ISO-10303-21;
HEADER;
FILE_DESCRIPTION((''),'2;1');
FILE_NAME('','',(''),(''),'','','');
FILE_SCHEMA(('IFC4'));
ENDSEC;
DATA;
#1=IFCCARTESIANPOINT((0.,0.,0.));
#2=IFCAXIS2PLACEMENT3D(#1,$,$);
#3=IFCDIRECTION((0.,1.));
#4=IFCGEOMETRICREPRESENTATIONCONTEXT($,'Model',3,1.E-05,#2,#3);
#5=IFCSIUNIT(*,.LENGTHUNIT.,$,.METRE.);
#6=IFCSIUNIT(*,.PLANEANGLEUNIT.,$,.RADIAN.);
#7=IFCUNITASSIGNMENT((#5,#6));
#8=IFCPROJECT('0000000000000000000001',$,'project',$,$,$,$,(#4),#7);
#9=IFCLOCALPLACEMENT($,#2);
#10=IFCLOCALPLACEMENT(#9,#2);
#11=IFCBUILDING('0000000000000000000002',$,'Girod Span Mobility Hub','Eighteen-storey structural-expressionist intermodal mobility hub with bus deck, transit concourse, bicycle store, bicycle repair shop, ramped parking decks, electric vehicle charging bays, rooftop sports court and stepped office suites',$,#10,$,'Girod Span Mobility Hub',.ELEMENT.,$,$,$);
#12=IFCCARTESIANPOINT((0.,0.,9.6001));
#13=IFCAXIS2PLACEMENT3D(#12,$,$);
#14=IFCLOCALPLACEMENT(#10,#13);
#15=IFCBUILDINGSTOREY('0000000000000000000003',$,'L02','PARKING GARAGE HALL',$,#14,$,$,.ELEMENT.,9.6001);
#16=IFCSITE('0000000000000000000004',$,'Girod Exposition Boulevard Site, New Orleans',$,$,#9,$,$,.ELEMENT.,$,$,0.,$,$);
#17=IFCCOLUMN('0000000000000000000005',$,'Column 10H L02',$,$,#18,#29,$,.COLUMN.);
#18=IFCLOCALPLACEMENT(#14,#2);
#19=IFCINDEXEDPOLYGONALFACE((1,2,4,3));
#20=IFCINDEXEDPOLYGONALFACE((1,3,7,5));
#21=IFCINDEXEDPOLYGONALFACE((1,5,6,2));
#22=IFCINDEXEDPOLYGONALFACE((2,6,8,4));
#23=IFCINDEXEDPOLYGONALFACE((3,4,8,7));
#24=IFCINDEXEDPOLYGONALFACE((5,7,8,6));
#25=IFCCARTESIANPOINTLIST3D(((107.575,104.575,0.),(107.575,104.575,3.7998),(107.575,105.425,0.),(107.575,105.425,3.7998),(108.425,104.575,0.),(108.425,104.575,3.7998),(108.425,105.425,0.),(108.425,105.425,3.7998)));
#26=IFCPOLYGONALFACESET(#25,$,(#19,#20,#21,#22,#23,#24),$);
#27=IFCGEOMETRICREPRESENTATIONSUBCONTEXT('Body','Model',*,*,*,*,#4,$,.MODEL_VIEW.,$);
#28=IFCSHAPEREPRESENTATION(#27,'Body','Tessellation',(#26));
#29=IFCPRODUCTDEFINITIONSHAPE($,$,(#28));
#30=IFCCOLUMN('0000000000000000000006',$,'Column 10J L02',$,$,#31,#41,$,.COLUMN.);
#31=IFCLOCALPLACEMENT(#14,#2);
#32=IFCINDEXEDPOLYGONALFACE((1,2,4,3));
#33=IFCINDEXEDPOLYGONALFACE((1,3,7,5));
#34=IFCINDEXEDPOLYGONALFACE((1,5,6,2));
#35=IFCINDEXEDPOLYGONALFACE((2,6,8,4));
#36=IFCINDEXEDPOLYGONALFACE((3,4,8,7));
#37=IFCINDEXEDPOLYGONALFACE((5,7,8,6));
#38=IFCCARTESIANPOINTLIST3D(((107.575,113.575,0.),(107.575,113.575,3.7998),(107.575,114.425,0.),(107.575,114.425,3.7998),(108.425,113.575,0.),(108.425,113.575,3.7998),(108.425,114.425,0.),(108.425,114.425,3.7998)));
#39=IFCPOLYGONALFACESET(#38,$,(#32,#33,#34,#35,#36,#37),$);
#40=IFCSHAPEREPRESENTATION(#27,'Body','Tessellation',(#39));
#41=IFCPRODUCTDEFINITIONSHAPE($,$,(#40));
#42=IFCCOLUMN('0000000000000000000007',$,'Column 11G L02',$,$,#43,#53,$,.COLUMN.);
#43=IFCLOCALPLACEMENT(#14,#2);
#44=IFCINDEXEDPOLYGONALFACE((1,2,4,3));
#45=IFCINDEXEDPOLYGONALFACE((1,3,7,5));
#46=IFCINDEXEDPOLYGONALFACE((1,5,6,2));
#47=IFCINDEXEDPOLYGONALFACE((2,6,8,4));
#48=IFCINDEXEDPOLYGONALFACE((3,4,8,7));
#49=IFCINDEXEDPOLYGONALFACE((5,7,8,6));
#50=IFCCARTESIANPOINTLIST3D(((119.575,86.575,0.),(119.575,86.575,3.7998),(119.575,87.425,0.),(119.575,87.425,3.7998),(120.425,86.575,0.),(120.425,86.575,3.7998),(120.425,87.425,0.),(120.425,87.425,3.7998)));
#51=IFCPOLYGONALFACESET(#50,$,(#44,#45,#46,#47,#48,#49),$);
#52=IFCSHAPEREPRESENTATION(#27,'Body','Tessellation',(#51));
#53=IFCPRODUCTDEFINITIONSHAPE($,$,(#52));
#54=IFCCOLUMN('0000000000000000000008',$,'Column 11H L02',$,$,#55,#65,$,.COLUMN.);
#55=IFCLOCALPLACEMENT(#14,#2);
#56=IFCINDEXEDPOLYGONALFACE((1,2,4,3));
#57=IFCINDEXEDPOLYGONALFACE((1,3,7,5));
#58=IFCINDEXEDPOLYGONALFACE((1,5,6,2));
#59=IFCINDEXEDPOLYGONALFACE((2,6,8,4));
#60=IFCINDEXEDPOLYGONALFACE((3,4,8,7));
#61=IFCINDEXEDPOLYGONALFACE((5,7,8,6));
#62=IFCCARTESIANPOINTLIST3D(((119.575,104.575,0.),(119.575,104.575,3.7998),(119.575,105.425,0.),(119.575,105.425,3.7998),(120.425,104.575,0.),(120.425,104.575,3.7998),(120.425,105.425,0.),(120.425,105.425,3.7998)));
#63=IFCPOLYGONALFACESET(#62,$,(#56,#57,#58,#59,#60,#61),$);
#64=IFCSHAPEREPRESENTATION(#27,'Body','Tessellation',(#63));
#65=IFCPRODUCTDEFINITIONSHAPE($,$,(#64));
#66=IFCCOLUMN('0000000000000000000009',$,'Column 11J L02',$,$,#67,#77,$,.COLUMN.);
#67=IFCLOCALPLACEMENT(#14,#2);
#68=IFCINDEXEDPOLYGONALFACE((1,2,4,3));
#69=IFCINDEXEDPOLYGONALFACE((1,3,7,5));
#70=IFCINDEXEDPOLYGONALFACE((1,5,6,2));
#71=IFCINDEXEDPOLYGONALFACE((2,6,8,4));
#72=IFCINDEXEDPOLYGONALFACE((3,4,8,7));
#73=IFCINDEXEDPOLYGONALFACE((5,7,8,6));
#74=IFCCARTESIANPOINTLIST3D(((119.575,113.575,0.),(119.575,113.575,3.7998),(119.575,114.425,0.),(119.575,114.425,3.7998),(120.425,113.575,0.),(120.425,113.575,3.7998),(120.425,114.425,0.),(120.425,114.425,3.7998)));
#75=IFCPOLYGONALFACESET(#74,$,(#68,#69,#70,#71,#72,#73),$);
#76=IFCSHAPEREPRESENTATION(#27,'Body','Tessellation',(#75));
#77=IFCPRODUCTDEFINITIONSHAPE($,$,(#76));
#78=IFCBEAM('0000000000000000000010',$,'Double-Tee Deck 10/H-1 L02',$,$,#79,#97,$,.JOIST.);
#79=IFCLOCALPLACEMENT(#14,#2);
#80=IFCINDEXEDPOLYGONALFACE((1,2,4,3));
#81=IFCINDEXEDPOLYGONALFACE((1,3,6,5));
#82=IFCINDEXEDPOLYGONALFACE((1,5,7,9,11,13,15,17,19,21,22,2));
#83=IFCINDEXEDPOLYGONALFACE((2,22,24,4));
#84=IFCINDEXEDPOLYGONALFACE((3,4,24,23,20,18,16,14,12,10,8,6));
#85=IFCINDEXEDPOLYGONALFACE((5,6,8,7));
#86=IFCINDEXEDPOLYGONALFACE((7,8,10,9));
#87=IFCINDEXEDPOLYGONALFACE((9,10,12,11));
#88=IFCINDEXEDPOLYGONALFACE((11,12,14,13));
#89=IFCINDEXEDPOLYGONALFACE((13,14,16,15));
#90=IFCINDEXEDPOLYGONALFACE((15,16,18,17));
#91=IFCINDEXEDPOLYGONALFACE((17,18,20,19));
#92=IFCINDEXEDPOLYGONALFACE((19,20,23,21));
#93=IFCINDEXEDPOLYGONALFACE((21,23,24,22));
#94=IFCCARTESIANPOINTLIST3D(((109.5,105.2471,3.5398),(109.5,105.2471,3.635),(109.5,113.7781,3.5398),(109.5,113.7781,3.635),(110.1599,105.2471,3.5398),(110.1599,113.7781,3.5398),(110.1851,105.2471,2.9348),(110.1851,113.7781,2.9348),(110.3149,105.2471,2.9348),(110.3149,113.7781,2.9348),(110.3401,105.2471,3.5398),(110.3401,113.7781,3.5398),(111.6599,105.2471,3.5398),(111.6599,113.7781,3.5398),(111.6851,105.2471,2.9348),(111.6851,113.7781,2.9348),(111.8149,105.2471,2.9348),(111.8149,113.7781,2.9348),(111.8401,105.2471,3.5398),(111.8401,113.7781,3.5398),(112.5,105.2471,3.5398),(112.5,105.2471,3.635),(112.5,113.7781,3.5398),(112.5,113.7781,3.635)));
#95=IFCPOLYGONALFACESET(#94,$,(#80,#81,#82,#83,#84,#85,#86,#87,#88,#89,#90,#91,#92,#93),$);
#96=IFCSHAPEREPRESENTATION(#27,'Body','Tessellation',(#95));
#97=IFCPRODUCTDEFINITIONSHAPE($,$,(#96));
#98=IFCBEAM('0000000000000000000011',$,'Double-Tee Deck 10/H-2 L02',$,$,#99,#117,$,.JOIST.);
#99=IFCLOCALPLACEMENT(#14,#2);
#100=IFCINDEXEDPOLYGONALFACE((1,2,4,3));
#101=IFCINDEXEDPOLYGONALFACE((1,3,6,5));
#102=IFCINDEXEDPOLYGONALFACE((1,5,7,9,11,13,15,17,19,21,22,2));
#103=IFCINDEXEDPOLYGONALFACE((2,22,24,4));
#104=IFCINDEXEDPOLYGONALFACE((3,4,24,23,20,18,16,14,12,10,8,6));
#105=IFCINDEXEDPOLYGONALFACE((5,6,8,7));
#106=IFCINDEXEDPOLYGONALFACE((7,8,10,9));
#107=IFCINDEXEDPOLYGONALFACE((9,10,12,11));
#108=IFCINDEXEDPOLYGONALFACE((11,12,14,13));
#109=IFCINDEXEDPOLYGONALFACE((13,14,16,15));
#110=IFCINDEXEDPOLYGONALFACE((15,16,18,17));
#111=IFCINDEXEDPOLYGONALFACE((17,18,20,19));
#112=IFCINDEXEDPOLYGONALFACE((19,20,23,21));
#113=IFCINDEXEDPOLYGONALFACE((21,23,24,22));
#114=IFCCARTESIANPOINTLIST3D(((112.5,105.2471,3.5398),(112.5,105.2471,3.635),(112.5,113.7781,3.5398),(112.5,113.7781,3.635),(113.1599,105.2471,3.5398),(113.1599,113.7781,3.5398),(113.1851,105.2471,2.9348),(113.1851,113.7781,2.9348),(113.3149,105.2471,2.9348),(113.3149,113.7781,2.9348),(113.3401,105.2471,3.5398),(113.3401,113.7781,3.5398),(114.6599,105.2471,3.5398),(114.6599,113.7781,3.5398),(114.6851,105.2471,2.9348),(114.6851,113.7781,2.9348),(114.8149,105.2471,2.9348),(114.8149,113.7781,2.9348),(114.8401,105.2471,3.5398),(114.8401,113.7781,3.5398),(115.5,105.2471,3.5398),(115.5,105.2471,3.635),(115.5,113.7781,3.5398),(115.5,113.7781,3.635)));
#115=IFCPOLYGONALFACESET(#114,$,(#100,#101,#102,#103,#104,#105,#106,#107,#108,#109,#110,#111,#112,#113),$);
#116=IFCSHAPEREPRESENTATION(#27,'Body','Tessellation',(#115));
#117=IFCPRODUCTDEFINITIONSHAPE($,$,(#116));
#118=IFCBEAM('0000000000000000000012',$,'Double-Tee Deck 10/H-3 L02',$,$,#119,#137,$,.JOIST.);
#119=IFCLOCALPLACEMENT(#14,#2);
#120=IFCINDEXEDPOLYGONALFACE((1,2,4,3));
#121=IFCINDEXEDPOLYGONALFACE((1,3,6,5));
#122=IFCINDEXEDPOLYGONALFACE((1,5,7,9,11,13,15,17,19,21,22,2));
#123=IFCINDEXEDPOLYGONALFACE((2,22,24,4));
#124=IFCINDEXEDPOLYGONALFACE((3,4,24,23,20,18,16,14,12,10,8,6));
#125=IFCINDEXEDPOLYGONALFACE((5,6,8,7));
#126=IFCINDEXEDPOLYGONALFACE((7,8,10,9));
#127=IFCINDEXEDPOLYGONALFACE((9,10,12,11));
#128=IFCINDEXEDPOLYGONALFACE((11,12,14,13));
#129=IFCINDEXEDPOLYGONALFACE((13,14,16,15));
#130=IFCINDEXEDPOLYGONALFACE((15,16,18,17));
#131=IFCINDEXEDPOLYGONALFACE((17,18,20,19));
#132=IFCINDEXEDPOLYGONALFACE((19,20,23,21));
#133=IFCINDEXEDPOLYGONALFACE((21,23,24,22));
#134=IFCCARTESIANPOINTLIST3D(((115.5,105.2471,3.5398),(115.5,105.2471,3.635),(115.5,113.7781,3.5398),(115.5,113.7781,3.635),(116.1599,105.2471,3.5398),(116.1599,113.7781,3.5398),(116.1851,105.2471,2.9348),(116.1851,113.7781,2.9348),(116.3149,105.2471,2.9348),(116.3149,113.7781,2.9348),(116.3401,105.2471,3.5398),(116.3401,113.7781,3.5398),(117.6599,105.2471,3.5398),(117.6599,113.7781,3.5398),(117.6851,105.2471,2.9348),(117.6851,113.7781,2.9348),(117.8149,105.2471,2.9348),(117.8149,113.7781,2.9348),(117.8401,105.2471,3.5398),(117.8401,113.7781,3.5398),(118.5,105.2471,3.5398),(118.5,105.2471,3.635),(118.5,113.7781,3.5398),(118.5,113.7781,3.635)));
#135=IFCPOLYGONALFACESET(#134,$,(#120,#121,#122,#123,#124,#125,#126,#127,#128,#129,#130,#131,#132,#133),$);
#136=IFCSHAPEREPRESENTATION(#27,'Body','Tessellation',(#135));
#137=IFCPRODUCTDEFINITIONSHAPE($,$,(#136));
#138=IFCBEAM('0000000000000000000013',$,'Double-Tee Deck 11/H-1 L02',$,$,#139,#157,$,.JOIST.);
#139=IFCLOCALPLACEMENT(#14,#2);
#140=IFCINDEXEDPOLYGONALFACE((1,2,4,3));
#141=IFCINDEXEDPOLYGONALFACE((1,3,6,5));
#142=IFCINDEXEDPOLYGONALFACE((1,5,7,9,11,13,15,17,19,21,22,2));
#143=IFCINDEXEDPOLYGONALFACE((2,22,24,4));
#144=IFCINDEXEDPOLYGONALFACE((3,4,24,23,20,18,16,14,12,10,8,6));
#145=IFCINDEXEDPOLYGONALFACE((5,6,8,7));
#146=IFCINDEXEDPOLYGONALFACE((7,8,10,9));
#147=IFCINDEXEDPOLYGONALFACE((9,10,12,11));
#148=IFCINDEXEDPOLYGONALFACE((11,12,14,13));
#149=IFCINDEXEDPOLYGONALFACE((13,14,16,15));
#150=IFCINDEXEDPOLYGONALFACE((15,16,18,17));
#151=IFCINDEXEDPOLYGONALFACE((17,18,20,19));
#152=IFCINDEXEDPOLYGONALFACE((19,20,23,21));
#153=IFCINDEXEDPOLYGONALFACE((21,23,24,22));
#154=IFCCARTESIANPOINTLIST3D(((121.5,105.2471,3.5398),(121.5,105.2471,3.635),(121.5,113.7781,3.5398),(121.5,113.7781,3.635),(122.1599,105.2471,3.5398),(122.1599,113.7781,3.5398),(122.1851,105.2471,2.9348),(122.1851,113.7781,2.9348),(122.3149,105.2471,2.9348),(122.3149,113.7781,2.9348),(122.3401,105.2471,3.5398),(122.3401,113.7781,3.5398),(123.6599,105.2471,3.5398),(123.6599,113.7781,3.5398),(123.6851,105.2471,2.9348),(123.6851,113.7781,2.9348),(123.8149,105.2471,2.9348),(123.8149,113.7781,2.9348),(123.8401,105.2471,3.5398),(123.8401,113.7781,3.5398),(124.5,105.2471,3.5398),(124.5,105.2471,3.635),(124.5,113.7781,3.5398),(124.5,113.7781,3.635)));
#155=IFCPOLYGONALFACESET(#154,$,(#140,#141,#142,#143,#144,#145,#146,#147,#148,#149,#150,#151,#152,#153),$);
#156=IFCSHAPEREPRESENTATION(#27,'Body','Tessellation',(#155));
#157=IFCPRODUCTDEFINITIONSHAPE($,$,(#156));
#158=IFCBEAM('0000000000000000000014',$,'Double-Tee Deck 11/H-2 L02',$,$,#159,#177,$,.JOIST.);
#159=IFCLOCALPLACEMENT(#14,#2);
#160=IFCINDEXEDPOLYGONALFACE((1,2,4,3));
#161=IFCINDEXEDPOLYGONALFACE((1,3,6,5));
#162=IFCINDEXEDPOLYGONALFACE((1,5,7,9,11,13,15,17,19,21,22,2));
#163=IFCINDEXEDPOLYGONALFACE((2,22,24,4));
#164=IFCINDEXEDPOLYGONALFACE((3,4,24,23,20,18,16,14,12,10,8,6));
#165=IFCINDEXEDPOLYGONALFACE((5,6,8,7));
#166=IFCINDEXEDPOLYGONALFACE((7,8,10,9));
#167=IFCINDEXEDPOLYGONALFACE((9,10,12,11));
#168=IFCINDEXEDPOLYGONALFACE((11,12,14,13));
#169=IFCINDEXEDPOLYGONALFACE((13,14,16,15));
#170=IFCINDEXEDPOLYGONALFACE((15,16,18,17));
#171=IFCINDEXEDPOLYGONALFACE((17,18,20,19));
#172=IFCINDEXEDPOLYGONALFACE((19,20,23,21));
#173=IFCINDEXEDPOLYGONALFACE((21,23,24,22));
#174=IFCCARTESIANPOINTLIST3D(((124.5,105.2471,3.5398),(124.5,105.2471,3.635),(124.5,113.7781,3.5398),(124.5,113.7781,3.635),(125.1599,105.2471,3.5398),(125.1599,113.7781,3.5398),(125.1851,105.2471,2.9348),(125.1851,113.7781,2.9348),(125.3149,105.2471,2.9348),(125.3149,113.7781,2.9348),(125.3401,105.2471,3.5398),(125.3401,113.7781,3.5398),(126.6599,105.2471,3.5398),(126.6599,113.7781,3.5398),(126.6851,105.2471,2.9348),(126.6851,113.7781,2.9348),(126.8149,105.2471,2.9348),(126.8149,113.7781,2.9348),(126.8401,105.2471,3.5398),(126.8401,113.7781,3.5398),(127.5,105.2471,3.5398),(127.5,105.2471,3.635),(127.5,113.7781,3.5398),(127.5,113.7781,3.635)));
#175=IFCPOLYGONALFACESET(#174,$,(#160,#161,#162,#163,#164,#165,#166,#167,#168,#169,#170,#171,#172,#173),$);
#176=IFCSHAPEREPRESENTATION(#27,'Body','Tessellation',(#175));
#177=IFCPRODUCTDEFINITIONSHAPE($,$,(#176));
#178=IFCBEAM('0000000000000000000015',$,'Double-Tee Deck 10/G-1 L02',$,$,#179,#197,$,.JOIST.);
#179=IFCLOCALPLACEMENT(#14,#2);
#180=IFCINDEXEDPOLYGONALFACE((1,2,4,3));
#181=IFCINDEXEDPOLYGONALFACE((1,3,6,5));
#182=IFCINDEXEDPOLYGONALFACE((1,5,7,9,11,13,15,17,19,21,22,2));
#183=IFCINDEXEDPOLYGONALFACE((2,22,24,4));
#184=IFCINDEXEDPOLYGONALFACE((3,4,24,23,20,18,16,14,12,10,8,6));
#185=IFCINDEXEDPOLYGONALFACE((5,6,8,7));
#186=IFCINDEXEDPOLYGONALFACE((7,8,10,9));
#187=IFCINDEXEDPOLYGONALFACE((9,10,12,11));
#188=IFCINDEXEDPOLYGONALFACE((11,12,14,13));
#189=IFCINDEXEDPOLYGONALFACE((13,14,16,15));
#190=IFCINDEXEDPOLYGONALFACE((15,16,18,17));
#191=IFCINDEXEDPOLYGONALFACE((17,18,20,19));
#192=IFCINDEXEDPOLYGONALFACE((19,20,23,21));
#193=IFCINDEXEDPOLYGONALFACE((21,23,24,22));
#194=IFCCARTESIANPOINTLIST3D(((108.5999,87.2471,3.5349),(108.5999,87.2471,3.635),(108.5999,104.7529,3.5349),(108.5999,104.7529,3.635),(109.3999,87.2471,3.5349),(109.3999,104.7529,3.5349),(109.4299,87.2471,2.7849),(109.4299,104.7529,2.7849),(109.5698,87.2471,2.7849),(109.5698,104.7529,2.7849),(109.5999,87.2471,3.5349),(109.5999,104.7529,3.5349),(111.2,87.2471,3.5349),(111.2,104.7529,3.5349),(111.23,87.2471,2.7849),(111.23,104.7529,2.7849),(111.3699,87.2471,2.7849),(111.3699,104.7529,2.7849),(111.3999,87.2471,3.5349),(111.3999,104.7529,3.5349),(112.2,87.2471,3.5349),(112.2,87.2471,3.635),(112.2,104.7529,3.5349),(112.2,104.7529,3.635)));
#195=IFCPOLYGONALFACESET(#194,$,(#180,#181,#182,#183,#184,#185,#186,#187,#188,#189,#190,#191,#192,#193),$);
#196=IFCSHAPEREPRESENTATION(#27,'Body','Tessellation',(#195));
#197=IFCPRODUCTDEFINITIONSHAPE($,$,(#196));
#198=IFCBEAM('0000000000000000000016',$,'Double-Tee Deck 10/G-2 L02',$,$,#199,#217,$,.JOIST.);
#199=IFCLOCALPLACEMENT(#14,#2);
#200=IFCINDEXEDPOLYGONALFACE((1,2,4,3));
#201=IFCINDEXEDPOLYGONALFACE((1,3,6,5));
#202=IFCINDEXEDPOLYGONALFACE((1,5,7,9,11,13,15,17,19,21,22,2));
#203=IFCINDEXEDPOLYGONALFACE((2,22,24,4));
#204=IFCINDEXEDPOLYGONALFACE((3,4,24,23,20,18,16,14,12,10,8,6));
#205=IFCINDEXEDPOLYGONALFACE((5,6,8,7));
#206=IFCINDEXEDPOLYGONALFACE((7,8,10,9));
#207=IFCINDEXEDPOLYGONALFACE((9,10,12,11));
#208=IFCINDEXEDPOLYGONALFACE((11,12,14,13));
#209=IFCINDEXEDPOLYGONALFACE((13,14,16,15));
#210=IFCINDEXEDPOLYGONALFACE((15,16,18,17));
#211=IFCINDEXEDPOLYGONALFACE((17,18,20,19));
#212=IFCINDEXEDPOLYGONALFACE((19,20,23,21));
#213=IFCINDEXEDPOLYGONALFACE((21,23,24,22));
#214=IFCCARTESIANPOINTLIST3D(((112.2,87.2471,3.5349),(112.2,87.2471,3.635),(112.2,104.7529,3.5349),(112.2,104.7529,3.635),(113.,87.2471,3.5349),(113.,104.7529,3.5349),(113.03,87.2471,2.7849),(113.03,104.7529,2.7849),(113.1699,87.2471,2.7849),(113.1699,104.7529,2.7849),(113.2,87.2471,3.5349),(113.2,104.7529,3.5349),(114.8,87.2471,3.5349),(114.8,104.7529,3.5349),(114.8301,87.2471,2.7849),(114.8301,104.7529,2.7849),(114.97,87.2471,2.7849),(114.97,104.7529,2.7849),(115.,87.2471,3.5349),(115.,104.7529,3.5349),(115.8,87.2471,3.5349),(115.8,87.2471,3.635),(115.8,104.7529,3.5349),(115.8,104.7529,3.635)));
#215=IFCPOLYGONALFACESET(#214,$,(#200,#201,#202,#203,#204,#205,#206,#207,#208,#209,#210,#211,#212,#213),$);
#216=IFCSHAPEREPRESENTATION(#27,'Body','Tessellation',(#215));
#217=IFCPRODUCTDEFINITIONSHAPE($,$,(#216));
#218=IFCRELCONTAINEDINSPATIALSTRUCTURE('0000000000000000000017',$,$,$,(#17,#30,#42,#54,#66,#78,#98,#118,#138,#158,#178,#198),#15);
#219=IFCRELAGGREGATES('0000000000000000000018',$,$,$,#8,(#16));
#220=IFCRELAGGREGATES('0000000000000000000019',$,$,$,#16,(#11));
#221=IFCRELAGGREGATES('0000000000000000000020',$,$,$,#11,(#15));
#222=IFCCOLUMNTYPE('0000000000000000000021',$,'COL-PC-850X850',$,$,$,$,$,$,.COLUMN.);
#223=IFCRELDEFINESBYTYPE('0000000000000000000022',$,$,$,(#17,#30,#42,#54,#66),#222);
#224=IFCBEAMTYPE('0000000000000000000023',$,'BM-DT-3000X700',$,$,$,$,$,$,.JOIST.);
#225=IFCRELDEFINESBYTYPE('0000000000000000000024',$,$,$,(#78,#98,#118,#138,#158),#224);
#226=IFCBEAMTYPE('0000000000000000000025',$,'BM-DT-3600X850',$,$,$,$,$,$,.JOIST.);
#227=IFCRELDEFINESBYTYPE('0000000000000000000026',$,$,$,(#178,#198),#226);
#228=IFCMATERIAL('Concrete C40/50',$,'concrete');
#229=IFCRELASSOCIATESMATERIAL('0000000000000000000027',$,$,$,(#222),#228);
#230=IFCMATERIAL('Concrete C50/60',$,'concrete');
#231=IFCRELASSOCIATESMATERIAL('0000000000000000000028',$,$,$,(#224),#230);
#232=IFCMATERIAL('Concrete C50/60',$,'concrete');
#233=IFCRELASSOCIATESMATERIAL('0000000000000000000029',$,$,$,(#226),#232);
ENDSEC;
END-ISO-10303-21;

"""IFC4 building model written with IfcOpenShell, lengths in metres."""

from ifc_helpers import new_model, si_unit, direction, frame, origin, origin_2d, place, context, subcontext, project, spatial, polyline, rectangle, outline, extrude, material, material_profile, profile_set, type_object, element, save


model = new_model("IFC4")

# Units and contexts
model_context = context("Model", 3, precision=1e-05, world=origin(), true_north=direction((0.0, 1.0)))
body_context = subcontext(model_context, "Body", "Model", "MODEL_VIEW")
ifc_project = project(units=[si_unit("LENGTHUNIT", "METRE"), si_unit("PLANEANGLEUNIT", "RADIAN")], contexts=[model_context])

# Site, building, storey
site_placement = place(None, origin())
site = spatial("IfcSite", under=ifc_project, at=site_placement, Name="Girod Exposition Boulevard Site, New Orleans", CompositionType="ELEMENT", RefElevation=0.0)
building_placement = place(site_placement, origin())
building = spatial("IfcBuilding", under=site, at=building_placement, Name="Girod Span Mobility Hub", Description="Eighteen-storey structural-expressionist intermodal mobility hub with bus deck, transit concourse, bicycle store, bicycle repair shop, ramped parking decks, electric vehicle charging bays, rooftop sports court and stepped office suites", LongName="Girod Span Mobility Hub", CompositionType="ELEMENT")
storey_placement = place(building_placement, frame((0.0, 0.0, 9.6001)))
storey = spatial("IfcBuildingStorey", under=building, at=storey_placement, Name="L02", Description="PARKING GARAGE HALL", CompositionType="ELEMENT", Elevation=9.6001)

# Columns
ifc_material_1 = material(Name="Concrete C40/50", Category="concrete")
ifc_material_profile_1 = material_profile(ifc_material_1, rectangle(XDim=0.8501, YDim=0.8501, at=origin_2d()), Name="PC-COL-850X850")
ifc_profile_set_1 = profile_set([ifc_material_profile_1], Name="Concrete C40/50")
column_type = type_object("IfcColumnType", Name="COL-PC-850X850", PredefinedType="COLUMN", material=ifc_profile_set_1)
for number, where, z_axis, x_axis, name in (
    (1, (108.0, 105.0, 0.0), (0.0, 0.0, 1.0), (1.0, 0.0, 0.0), "Column 10H L02"),
    (2, (108.0, 114.0, 0.0), (0.0, 0.0, 1.0), (1.0, 0.0, 0.0), "Column 10J L02"),
    (3, (120.0, 87.0, 0.0), (0.0, 0.0, 1.0), (1.0, 0.0, 0.0), "Column 11G L02"),
    (4, (120.0, 105.0, 0.0), (0.0, 0.0, 1.0), (1.0, 0.0, 0.0), "Column 11H L02"),
    (5, (120.0, 114.0, 0.0), (0.0, 0.0, 1.0), (1.0, 0.0, 0.0), "Column 11J L02"),
):
    element("IfcColumn", number, at=place(storey_placement, frame(where, z_axis=z_axis, x_axis=x_axis)), inside=storey, type_object=column_type, Name=name, PredefinedType="COLUMN", context=body_context, shape_type="SweptSolid", body=[
        extrude(rectangle(XDim=0.8501, YDim=0.8501, at=origin_2d()), origin(), (0.0, 0.0, 1.0), 3.7998),
    ])

# Beams
ifc_material_2 = material(Name="Concrete C50/60", Category="concrete")
ifc_material_profile_2 = material_profile(ifc_material_2, outline(polyline([(-1.5, 0.3501), (-1.5, 0.2549), (-0.8401, 0.2549), (-0.8149, -0.3501), (-0.6851, -0.3501), (-0.6599, 0.2549), (0.6599, 0.2549), (0.6851, -0.3501), (0.8149, -0.3501), (0.8401, 0.2549), (1.5, 0.2549), (1.5, 0.3501), (-1.5, 0.3501)])), Name="DT-3000X700")
ifc_profile_set_2 = profile_set([ifc_material_profile_2], Name="Concrete C50/60")
beam_type_1 = type_object("IfcBeamType", Name="BM-DT-3000X700", PredefinedType="JOIST", material=ifc_profile_set_2)
for number, where, z_axis, x_axis, name in (
    (6, (111.0, 105.2471, 3.2849), (0.0, 1.0, 0.0), (-1.0, 0.0, 0.0), "Double-Tee Deck 10/H-1 L02"),
    (7, (114.0, 105.2471, 3.2849), (0.0, 1.0, 0.0), (-1.0, 0.0, 0.0), "Double-Tee Deck 10/H-2 L02"),
    (8, (117.0, 105.2471, 3.2849), (0.0, 1.0, 0.0), (-1.0, 0.0, 0.0), "Double-Tee Deck 10/H-3 L02"),
    (9, (123.0, 105.2471, 3.2849), (0.0, 1.0, 0.0), (-1.0, 0.0, 0.0), "Double-Tee Deck 11/H-1 L02"),
    (10, (126.0, 105.2471, 3.2849), (0.0, 1.0, 0.0), (-1.0, 0.0, 0.0), "Double-Tee Deck 11/H-2 L02"),
):
    element("IfcBeam", number, at=place(storey_placement, frame(where, z_axis=z_axis, x_axis=x_axis)), inside=storey, type_object=beam_type_1, Name=name, PredefinedType="JOIST", context=body_context, shape_type="SweptSolid", body=[
        extrude(outline(polyline([(-1.5, 0.3501), (-1.5, 0.2549), (-0.8401, 0.2549), (-0.8149, -0.3501), (-0.6851, -0.3501), (-0.6599, 0.2549), (0.6599, 0.2549), (0.6851, -0.3501), (0.8149, -0.3501), (0.8401, 0.2549), (1.5, 0.2549), (1.5, 0.3501), (-1.5, 0.3501)])), origin(), (0.0, 0.0, 1.0), 8.531),
    ])
ifc_material_3 = material(Name="Concrete C50/60", Category="concrete")
ifc_material_profile_3 = material_profile(ifc_material_3, outline(polyline([(-1.8, 0.425), (-1.8, 0.325), (-1.0, 0.325), (-0.97, -0.425), (-0.8301, -0.425), (-0.8, 0.325), (0.8, 0.325), (0.8301, -0.425), (0.97, -0.425), (1.0, 0.325), (1.8, 0.325), (1.8, 0.425), (-1.8, 0.425)])), Name="DT-3600X850")
ifc_profile_set_3 = profile_set([ifc_material_profile_3], Name="Concrete C50/60")
beam_type_2 = type_object("IfcBeamType", Name="BM-DT-3600X850", PredefinedType="JOIST", material=ifc_profile_set_3)
for number, where, z_axis, x_axis, name in (
    (11, (110.3999, 87.2471, 3.21), (0.0, 1.0, 0.0), (-1.0, 0.0, 0.0), "Double-Tee Deck 10/G-1 L02"),
    (12, (114.0, 87.2471, 3.21), (0.0, 1.0, 0.0), (-1.0, 0.0, 0.0), "Double-Tee Deck 10/G-2 L02"),
):
    element("IfcBeam", number, at=place(storey_placement, frame(where, z_axis=z_axis, x_axis=x_axis)), inside=storey, type_object=beam_type_2, Name=name, PredefinedType="JOIST", context=body_context, shape_type="SweptSolid", body=[
        extrude(outline(polyline([(-1.8, 0.425), (-1.8, 0.325), (-1.0, 0.325), (-0.97, -0.425), (-0.8301, -0.425), (-0.8, 0.325), (0.8, 0.325), (0.8301, -0.425), (0.97, -0.425), (1.0, 0.325), (1.8, 0.325), (1.8, 0.425), (-1.8, 0.425)])), origin(), (0.0, 0.0, 1.0), 17.5059),
    ])

save(model, "model.ifc")
